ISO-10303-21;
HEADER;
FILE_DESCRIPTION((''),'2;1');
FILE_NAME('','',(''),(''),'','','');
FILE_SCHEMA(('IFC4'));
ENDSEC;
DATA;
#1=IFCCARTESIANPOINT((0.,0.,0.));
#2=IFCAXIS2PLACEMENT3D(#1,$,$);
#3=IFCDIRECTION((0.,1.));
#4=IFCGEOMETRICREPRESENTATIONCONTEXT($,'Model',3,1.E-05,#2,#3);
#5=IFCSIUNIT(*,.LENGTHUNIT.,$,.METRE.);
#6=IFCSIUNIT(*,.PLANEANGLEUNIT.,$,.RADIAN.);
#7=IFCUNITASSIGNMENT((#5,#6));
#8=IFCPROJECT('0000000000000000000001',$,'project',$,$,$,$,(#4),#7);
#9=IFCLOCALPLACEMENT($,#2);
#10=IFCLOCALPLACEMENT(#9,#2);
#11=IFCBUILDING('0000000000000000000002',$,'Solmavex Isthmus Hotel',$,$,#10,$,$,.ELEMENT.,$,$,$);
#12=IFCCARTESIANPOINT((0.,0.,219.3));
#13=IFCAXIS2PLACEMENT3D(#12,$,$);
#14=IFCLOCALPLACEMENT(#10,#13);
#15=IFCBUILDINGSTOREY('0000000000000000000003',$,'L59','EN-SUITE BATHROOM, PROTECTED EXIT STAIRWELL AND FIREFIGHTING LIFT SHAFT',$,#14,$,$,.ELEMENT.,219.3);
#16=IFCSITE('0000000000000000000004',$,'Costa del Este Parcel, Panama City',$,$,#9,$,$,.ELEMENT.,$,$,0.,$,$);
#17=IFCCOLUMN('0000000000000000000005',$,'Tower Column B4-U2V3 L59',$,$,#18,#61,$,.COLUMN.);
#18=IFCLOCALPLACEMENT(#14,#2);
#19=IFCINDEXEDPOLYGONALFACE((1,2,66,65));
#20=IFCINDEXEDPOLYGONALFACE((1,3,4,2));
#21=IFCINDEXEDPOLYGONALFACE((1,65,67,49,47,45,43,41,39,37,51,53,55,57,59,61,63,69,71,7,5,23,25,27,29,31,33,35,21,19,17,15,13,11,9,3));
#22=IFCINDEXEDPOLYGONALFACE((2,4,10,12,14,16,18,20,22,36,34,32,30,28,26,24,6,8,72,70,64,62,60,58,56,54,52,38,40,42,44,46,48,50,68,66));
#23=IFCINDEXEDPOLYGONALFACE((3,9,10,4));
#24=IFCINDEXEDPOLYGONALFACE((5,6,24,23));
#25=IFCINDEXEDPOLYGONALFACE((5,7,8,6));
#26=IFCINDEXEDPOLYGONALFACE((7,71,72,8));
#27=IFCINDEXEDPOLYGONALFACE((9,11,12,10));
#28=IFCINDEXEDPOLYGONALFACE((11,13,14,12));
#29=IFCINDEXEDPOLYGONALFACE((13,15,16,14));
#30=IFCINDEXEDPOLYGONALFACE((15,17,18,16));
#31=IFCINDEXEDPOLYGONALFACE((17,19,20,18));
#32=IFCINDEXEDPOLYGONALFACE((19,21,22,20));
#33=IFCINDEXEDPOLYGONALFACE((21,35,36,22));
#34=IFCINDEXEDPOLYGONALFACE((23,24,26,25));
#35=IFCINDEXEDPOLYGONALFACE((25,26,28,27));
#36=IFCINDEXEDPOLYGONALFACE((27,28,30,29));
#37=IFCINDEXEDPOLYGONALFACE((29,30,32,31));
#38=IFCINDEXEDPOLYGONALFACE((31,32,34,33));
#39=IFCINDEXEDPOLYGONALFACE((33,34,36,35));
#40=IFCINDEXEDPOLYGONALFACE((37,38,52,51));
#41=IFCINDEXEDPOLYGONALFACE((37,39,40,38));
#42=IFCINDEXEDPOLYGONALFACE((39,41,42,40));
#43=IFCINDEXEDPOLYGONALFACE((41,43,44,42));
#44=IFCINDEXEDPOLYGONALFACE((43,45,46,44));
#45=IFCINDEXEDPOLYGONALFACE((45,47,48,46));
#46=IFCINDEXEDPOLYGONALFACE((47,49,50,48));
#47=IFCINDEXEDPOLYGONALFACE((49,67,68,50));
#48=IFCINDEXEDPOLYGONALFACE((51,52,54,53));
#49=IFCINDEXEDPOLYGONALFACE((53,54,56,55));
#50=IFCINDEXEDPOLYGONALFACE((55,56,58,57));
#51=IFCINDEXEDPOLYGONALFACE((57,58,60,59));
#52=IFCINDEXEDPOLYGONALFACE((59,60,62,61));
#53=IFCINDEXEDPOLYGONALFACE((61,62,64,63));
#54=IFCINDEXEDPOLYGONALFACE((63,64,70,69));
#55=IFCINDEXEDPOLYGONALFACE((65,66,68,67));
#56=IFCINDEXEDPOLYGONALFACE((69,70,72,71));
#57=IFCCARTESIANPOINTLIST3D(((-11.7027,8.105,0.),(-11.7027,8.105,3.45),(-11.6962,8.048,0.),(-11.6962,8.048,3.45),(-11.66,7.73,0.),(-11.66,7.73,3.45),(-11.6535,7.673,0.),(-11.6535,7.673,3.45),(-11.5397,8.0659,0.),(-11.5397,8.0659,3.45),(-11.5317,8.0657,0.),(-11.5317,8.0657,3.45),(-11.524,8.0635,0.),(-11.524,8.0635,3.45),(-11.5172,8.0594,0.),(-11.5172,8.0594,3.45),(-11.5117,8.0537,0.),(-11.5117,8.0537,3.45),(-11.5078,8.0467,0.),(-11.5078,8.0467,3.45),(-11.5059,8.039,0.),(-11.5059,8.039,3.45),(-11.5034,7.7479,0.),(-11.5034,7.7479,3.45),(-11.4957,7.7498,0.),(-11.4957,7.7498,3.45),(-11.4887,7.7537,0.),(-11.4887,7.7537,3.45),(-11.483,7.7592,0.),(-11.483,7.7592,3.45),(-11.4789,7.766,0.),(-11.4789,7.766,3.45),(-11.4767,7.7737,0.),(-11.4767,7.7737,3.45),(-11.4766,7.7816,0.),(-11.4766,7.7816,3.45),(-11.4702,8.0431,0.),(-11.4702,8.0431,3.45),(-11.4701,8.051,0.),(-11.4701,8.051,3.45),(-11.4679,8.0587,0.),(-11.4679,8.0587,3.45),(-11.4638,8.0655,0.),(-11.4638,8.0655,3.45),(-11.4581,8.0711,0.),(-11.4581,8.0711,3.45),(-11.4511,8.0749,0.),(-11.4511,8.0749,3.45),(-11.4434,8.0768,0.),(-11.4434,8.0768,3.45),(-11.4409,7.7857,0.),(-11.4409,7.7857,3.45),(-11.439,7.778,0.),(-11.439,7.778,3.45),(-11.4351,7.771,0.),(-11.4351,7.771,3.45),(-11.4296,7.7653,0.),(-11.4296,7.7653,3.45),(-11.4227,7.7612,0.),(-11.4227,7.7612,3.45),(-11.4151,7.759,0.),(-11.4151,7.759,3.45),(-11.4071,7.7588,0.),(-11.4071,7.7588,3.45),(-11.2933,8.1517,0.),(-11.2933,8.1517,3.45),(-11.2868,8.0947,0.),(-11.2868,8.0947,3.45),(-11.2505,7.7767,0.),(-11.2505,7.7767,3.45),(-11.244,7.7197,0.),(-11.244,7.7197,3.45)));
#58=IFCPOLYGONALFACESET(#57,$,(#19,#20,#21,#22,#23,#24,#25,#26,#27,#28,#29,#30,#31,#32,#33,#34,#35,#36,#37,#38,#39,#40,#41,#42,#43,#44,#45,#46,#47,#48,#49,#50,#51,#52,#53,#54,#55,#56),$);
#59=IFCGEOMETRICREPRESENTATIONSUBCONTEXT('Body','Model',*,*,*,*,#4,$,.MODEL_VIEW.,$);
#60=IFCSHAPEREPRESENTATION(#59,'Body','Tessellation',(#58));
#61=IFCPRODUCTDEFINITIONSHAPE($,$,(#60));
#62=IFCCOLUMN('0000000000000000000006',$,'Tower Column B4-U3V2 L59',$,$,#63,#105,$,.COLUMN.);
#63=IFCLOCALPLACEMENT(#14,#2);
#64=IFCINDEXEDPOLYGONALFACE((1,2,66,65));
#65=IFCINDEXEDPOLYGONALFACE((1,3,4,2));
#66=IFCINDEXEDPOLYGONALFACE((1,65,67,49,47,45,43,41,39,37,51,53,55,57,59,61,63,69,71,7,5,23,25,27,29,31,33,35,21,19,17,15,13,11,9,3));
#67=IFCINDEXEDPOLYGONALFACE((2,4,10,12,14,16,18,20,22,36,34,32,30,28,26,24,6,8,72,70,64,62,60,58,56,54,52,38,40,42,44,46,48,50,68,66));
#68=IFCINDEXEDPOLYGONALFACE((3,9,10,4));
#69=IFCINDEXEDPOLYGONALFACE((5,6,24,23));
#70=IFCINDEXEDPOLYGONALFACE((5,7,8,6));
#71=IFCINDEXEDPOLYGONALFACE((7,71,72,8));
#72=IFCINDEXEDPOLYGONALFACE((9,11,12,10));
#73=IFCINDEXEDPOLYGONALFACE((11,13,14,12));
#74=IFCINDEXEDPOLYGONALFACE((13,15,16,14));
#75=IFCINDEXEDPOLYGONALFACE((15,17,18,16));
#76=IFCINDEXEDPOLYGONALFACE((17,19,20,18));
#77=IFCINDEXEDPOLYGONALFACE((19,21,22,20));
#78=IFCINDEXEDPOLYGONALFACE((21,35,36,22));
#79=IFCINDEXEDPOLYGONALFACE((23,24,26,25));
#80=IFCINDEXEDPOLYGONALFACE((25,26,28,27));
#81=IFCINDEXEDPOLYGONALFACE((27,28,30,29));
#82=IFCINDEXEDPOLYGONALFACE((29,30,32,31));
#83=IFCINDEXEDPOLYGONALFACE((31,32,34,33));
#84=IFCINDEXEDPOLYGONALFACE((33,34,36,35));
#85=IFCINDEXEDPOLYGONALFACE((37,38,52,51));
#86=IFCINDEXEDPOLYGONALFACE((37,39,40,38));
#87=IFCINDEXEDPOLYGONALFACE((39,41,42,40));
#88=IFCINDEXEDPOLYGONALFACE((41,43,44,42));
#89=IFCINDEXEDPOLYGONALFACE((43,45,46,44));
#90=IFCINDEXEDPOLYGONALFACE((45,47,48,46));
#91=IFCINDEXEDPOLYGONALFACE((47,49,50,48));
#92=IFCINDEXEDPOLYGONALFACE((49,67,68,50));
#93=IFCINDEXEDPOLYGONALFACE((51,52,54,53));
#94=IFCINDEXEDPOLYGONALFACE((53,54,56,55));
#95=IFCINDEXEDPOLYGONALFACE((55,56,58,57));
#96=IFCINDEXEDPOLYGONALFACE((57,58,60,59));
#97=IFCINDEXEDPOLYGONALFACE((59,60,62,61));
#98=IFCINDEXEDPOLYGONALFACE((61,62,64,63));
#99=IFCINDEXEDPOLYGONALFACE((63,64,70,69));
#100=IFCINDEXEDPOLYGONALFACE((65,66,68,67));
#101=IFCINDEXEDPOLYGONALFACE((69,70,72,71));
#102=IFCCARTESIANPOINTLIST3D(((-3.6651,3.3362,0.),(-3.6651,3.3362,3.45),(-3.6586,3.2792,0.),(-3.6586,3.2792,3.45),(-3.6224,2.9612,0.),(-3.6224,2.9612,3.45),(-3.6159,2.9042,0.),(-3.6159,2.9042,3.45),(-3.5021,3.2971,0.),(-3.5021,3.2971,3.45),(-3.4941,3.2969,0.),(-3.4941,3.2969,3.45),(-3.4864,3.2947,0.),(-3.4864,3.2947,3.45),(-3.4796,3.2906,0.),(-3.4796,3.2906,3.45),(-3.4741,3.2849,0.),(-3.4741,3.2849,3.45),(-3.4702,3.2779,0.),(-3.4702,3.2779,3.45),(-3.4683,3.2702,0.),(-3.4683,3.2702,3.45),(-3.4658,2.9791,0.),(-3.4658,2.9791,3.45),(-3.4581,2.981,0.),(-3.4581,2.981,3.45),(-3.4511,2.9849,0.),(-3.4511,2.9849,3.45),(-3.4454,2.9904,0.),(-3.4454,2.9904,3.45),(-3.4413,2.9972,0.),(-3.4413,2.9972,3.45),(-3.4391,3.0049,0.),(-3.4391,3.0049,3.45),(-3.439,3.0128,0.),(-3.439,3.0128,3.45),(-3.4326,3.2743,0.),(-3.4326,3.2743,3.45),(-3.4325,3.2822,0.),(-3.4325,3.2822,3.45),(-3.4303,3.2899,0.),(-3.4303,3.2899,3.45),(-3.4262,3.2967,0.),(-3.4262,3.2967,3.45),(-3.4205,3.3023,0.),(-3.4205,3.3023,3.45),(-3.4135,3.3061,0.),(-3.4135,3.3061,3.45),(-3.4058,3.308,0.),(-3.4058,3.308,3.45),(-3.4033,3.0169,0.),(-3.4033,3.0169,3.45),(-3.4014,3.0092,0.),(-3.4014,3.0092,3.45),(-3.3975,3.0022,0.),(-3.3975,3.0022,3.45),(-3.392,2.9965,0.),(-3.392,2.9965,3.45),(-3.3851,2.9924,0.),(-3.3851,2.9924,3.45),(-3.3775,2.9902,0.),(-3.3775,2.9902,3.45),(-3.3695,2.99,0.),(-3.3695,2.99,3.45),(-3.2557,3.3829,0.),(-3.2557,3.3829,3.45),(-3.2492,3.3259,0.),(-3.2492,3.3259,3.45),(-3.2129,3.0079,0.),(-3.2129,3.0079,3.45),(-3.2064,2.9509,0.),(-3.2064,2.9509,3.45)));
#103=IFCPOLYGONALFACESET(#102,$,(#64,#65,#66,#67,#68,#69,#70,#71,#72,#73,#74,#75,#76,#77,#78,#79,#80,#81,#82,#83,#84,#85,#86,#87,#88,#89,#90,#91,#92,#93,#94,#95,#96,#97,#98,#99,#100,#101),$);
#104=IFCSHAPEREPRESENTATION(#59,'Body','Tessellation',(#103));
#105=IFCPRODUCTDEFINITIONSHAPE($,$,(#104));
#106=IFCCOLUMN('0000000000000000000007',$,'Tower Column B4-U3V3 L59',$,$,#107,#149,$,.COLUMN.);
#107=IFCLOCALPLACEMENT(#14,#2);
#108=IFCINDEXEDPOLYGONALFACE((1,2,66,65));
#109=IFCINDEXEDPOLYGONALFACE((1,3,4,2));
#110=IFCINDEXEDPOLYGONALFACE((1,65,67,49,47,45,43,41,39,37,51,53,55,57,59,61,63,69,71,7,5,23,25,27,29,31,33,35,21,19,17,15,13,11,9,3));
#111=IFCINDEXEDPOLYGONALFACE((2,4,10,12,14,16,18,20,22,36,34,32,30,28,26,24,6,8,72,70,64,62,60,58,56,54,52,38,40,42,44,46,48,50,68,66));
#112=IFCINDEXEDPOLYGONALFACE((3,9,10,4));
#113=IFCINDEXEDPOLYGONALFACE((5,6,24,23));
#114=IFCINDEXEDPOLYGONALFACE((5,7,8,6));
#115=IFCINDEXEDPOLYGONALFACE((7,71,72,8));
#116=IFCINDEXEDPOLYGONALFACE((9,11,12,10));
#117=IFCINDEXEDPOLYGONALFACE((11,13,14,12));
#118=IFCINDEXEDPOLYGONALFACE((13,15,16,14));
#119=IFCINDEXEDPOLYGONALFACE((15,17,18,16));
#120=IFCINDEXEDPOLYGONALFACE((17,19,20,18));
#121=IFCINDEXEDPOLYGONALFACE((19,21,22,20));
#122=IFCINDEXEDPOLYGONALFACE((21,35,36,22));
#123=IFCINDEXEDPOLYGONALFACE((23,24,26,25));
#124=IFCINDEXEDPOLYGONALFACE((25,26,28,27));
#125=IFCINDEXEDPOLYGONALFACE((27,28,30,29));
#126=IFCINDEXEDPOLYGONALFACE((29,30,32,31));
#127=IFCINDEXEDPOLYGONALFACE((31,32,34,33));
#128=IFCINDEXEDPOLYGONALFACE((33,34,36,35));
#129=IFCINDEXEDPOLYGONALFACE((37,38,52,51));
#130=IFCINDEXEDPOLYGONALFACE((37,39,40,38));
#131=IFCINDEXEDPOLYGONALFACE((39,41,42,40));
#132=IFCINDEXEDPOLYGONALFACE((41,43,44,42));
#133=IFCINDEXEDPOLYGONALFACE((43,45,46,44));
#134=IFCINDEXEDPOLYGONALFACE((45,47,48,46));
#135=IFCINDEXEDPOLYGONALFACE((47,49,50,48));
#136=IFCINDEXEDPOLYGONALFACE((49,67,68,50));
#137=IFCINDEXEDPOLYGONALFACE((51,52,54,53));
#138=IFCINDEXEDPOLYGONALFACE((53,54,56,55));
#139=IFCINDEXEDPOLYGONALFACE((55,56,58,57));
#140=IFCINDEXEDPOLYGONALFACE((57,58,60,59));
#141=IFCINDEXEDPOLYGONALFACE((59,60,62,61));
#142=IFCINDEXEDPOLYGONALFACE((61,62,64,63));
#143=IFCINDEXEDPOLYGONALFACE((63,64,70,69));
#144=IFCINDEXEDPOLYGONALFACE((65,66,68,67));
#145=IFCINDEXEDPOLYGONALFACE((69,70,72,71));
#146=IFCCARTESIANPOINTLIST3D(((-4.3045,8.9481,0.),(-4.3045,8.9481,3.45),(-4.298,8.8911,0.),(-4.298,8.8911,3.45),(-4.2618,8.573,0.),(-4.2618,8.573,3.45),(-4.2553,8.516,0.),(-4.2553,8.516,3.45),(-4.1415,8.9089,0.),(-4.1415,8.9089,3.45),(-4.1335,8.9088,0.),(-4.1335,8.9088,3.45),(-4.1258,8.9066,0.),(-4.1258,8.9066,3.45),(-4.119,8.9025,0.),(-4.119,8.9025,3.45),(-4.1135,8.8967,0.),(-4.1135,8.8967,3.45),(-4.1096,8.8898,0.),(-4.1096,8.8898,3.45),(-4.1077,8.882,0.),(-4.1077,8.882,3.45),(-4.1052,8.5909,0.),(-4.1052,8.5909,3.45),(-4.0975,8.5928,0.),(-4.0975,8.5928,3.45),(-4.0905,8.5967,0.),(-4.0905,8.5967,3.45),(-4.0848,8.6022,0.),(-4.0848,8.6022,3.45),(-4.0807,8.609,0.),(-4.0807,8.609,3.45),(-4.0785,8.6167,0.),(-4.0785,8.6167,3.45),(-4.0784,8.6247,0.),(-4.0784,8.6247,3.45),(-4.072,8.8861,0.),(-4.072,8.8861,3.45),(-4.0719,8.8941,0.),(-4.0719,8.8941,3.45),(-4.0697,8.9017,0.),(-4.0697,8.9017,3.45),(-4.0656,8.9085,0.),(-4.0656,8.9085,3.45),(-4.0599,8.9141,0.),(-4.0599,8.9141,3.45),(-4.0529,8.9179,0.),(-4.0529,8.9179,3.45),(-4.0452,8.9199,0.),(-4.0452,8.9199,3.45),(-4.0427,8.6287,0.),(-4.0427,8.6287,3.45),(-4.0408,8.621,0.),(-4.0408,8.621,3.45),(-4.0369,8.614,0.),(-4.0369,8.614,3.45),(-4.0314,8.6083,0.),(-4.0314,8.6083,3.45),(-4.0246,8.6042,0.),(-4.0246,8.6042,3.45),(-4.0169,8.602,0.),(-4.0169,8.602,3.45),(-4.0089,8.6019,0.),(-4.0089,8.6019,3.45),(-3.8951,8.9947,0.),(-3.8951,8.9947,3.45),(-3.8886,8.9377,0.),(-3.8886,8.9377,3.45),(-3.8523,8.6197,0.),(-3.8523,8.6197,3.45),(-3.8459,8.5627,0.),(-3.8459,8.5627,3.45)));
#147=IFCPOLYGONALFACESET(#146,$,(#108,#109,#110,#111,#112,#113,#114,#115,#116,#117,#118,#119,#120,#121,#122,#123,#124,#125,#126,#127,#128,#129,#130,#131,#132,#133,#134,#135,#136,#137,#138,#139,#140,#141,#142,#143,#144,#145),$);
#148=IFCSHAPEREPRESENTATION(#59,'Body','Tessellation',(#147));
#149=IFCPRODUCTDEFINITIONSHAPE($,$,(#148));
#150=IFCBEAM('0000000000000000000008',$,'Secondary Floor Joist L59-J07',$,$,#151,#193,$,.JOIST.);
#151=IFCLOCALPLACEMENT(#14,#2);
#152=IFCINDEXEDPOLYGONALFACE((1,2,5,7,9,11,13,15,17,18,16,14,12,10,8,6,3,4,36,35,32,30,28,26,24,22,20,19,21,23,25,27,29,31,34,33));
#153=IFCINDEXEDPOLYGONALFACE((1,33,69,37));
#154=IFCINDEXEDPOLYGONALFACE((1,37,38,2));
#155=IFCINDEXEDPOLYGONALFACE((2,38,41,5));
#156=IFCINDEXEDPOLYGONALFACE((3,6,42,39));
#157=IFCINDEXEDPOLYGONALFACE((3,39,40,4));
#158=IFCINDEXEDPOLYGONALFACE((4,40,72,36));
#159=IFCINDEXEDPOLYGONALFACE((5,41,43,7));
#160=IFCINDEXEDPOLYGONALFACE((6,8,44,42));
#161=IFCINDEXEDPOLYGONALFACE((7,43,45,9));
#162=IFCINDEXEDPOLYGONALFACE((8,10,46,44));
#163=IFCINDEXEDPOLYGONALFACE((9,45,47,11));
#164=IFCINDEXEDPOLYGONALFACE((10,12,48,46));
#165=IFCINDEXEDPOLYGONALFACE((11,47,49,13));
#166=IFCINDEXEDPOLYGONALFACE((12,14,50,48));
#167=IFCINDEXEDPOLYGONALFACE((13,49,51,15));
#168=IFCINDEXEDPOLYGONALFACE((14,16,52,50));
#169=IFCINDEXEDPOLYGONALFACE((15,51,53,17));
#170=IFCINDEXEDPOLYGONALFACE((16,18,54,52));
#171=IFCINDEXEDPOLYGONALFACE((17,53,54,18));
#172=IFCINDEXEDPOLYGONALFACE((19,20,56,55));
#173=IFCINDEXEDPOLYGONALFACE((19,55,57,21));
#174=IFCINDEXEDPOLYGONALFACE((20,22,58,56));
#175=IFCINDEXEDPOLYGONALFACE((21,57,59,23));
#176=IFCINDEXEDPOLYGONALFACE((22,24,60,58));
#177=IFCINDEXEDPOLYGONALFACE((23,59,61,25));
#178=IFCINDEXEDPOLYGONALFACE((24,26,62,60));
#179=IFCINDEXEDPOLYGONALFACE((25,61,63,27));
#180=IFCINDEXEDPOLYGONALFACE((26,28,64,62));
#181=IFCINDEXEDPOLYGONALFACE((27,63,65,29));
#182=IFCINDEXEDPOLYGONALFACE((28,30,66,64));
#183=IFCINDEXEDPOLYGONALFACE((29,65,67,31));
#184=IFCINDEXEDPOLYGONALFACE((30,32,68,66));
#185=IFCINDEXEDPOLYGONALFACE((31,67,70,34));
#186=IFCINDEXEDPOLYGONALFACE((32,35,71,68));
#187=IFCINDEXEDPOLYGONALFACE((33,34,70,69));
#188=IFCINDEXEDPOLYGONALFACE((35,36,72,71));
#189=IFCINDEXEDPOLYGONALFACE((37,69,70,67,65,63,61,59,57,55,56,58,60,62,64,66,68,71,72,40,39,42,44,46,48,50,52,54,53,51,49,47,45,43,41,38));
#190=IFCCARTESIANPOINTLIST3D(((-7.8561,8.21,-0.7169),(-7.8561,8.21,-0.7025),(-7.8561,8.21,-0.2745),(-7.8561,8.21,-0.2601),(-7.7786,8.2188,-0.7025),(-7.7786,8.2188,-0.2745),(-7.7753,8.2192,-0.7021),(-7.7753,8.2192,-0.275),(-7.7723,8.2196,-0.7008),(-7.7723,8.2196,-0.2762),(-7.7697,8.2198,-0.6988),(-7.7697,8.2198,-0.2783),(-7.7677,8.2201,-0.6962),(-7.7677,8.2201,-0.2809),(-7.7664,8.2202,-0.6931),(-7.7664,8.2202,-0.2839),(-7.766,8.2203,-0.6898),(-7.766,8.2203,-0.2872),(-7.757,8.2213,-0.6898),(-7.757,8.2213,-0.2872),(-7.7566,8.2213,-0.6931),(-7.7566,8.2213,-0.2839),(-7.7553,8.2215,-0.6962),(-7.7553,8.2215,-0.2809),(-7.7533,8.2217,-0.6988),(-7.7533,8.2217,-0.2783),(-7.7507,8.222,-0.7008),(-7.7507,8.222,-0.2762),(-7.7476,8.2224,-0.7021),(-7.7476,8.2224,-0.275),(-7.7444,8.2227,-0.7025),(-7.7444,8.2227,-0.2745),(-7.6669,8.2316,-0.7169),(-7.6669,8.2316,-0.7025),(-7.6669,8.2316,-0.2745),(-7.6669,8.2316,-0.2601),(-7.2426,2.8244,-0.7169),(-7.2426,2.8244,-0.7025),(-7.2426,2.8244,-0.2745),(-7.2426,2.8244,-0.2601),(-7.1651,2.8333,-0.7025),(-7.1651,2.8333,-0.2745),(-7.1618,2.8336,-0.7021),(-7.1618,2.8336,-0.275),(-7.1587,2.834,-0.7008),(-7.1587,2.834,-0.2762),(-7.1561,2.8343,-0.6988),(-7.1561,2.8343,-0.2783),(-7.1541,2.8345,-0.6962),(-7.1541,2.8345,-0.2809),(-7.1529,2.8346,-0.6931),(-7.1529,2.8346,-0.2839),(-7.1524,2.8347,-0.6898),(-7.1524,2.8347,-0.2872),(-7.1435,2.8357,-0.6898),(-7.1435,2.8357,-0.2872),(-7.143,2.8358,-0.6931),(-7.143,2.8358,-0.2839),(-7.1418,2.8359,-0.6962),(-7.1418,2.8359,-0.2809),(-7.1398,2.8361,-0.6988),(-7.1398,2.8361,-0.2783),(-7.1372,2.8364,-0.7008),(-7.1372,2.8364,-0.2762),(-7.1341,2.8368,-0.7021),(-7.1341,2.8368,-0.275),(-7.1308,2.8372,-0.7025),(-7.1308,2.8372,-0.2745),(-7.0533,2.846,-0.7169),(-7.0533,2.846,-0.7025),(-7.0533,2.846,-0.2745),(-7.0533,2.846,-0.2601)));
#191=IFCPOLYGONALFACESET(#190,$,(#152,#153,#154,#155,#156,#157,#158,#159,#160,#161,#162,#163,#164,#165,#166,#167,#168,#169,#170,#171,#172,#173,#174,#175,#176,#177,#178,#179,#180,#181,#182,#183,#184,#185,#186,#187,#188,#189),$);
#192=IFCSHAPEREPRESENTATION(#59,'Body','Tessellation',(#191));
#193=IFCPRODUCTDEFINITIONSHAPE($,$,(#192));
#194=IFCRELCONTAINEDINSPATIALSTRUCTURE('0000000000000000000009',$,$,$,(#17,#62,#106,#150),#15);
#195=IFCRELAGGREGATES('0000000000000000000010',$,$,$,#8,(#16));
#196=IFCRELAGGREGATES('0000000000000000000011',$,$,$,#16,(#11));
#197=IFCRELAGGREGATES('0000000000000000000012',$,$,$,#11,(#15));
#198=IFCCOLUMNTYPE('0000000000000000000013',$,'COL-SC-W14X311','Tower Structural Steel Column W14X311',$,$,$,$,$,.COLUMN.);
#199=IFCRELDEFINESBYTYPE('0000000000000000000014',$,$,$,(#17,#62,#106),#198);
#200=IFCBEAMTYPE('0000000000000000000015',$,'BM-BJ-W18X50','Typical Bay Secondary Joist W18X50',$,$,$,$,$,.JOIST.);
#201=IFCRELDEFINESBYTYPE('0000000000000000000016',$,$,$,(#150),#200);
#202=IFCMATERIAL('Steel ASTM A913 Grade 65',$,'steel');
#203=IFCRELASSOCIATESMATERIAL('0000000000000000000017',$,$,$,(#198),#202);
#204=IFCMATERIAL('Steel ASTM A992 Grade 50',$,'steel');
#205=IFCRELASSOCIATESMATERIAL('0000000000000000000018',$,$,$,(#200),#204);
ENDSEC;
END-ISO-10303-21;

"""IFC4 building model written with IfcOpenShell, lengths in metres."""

from ifc_helpers import new_model, si_unit, direction, frame, origin, origin_2d, place, context, subcontext, project, spatial, i_section, extrude, material, material_profile, profile_set, type_object, element, save


model = new_model("IFC4")

# Units and contexts
model_context = context("Model", 3, precision=1e-05, world=origin(), true_north=direction((0.0, 1.0)))
body_context = subcontext(model_context, "Body", "Model", "MODEL_VIEW")
ifc_project = project(units=[si_unit("LENGTHUNIT", "METRE"), si_unit("PLANEANGLEUNIT", "RADIAN")], contexts=[model_context])

# Site, building, storey
site_placement = place(None, origin())
site = spatial("IfcSite", under=ifc_project, at=site_placement, Name="Costa del Este Parcel, Panama City", CompositionType="ELEMENT", RefElevation=0.0)
building_placement = place(site_placement, origin())
building = spatial("IfcBuilding", under=site, at=building_placement, Name="Solmavex Isthmus Hotel", CompositionType="ELEMENT")
storey_placement = place(building_placement, frame((0.0, 0.0, 219.3)))
storey = spatial("IfcBuildingStorey", under=building, at=storey_placement, Name="L59", Description="EN-SUITE BATHROOM, PROTECTED EXIT STAIRWELL AND FIREFIGHTING LIFT SHAFT", CompositionType="ELEMENT", Elevation=219.3)

# Columns
ifc_material_1 = material(Name="Steel ASTM A913 Grade 65", Category="steel")
ifc_material_profile_1 = material_profile(ifc_material_1, i_section(OverallWidth=0.4121, OverallDepth=0.4348, WebThickness=0.0359, FlangeThickness=0.0574, FilletRadius=0.0305, at=origin_2d()), Name="W14X311")
ifc_profile_set_1 = profile_set([ifc_material_profile_1], Name="Steel ASTM A913 Grade 65")
column_type = type_object("IfcColumnType", Name="COL-SC-W14X311", Description="Tower Structural Steel Column W14X311", PredefinedType="COLUMN", material=ifc_profile_set_1)
for number, where, z_axis, x_axis, name in (
    (1, (-11.4734, 7.9124, 0.0), (0.0, 0.0, 1.0), (0.993572, 0.113203, 0.0), "Tower Column B4-U2V3 L59"),
    (2, (-3.4358, 3.1436, 0.0), (0.0, 0.0, 1.0), (0.993572, 0.113203, 0.0), "Tower Column B4-U3V2 L59"),
    (3, (-4.0752, 8.7554, 0.0), (0.0, 0.0, 1.0), (0.993572, 0.113203, 0.0), "Tower Column B4-U3V3 L59"),
):
    element("IfcColumn", number, at=place(storey_placement, frame(where, z_axis=z_axis, x_axis=x_axis)), inside=storey, type_object=column_type, Name=name, PredefinedType="COLUMN", context=body_context, shape_type="SweptSolid", body=[
        extrude(i_section(OverallWidth=0.4121, OverallDepth=0.4348, WebThickness=0.0359, FlangeThickness=0.0574, FilletRadius=0.0305, at=origin_2d()), origin(), (0.0, 0.0, 1.0), 3.45),
    ])

# Beam
ifc_material_2 = material(Name="Steel ASTM A992 Grade 50", Category="steel")
ifc_material_profile_2 = material_profile(ifc_material_2, i_section(OverallWidth=0.1904, OverallDepth=0.4568, WebThickness=0.009, FlangeThickness=0.0144, FilletRadius=0.0127, at=origin_2d()), Name="W18X50")
ifc_profile_set_2 = profile_set([ifc_material_profile_2], Name="Steel ASTM A992 Grade 50")
beam_type_1 = type_object("IfcBeamType", Name="BM-BJ-W18X50", Description="Typical Bay Secondary Joist W18X50", PredefinedType="JOIST", material=ifc_profile_set_2)
beam_1_placement = place(storey_placement, frame((-7.1479, 2.8352, -0.4885), z_axis=(-0.11319, 0.993573, 0.0), x_axis=(-0.993573, -0.11319, 0.0)))
element("IfcBeam", 4, at=beam_1_placement, inside=storey, type_object=beam_type_1, Name="Secondary Floor Joist L59-J07", PredefinedType="JOIST", context=body_context, shape_type="SweptSolid", body=[
    extrude(i_section(OverallWidth=0.1904, OverallDepth=0.4568, WebThickness=0.009, FlangeThickness=0.0144, FilletRadius=0.0127, at=origin_2d()), origin(), (0.0, 0.0, 1.0), 5.4204),
])

save(model, "model.ifc")
